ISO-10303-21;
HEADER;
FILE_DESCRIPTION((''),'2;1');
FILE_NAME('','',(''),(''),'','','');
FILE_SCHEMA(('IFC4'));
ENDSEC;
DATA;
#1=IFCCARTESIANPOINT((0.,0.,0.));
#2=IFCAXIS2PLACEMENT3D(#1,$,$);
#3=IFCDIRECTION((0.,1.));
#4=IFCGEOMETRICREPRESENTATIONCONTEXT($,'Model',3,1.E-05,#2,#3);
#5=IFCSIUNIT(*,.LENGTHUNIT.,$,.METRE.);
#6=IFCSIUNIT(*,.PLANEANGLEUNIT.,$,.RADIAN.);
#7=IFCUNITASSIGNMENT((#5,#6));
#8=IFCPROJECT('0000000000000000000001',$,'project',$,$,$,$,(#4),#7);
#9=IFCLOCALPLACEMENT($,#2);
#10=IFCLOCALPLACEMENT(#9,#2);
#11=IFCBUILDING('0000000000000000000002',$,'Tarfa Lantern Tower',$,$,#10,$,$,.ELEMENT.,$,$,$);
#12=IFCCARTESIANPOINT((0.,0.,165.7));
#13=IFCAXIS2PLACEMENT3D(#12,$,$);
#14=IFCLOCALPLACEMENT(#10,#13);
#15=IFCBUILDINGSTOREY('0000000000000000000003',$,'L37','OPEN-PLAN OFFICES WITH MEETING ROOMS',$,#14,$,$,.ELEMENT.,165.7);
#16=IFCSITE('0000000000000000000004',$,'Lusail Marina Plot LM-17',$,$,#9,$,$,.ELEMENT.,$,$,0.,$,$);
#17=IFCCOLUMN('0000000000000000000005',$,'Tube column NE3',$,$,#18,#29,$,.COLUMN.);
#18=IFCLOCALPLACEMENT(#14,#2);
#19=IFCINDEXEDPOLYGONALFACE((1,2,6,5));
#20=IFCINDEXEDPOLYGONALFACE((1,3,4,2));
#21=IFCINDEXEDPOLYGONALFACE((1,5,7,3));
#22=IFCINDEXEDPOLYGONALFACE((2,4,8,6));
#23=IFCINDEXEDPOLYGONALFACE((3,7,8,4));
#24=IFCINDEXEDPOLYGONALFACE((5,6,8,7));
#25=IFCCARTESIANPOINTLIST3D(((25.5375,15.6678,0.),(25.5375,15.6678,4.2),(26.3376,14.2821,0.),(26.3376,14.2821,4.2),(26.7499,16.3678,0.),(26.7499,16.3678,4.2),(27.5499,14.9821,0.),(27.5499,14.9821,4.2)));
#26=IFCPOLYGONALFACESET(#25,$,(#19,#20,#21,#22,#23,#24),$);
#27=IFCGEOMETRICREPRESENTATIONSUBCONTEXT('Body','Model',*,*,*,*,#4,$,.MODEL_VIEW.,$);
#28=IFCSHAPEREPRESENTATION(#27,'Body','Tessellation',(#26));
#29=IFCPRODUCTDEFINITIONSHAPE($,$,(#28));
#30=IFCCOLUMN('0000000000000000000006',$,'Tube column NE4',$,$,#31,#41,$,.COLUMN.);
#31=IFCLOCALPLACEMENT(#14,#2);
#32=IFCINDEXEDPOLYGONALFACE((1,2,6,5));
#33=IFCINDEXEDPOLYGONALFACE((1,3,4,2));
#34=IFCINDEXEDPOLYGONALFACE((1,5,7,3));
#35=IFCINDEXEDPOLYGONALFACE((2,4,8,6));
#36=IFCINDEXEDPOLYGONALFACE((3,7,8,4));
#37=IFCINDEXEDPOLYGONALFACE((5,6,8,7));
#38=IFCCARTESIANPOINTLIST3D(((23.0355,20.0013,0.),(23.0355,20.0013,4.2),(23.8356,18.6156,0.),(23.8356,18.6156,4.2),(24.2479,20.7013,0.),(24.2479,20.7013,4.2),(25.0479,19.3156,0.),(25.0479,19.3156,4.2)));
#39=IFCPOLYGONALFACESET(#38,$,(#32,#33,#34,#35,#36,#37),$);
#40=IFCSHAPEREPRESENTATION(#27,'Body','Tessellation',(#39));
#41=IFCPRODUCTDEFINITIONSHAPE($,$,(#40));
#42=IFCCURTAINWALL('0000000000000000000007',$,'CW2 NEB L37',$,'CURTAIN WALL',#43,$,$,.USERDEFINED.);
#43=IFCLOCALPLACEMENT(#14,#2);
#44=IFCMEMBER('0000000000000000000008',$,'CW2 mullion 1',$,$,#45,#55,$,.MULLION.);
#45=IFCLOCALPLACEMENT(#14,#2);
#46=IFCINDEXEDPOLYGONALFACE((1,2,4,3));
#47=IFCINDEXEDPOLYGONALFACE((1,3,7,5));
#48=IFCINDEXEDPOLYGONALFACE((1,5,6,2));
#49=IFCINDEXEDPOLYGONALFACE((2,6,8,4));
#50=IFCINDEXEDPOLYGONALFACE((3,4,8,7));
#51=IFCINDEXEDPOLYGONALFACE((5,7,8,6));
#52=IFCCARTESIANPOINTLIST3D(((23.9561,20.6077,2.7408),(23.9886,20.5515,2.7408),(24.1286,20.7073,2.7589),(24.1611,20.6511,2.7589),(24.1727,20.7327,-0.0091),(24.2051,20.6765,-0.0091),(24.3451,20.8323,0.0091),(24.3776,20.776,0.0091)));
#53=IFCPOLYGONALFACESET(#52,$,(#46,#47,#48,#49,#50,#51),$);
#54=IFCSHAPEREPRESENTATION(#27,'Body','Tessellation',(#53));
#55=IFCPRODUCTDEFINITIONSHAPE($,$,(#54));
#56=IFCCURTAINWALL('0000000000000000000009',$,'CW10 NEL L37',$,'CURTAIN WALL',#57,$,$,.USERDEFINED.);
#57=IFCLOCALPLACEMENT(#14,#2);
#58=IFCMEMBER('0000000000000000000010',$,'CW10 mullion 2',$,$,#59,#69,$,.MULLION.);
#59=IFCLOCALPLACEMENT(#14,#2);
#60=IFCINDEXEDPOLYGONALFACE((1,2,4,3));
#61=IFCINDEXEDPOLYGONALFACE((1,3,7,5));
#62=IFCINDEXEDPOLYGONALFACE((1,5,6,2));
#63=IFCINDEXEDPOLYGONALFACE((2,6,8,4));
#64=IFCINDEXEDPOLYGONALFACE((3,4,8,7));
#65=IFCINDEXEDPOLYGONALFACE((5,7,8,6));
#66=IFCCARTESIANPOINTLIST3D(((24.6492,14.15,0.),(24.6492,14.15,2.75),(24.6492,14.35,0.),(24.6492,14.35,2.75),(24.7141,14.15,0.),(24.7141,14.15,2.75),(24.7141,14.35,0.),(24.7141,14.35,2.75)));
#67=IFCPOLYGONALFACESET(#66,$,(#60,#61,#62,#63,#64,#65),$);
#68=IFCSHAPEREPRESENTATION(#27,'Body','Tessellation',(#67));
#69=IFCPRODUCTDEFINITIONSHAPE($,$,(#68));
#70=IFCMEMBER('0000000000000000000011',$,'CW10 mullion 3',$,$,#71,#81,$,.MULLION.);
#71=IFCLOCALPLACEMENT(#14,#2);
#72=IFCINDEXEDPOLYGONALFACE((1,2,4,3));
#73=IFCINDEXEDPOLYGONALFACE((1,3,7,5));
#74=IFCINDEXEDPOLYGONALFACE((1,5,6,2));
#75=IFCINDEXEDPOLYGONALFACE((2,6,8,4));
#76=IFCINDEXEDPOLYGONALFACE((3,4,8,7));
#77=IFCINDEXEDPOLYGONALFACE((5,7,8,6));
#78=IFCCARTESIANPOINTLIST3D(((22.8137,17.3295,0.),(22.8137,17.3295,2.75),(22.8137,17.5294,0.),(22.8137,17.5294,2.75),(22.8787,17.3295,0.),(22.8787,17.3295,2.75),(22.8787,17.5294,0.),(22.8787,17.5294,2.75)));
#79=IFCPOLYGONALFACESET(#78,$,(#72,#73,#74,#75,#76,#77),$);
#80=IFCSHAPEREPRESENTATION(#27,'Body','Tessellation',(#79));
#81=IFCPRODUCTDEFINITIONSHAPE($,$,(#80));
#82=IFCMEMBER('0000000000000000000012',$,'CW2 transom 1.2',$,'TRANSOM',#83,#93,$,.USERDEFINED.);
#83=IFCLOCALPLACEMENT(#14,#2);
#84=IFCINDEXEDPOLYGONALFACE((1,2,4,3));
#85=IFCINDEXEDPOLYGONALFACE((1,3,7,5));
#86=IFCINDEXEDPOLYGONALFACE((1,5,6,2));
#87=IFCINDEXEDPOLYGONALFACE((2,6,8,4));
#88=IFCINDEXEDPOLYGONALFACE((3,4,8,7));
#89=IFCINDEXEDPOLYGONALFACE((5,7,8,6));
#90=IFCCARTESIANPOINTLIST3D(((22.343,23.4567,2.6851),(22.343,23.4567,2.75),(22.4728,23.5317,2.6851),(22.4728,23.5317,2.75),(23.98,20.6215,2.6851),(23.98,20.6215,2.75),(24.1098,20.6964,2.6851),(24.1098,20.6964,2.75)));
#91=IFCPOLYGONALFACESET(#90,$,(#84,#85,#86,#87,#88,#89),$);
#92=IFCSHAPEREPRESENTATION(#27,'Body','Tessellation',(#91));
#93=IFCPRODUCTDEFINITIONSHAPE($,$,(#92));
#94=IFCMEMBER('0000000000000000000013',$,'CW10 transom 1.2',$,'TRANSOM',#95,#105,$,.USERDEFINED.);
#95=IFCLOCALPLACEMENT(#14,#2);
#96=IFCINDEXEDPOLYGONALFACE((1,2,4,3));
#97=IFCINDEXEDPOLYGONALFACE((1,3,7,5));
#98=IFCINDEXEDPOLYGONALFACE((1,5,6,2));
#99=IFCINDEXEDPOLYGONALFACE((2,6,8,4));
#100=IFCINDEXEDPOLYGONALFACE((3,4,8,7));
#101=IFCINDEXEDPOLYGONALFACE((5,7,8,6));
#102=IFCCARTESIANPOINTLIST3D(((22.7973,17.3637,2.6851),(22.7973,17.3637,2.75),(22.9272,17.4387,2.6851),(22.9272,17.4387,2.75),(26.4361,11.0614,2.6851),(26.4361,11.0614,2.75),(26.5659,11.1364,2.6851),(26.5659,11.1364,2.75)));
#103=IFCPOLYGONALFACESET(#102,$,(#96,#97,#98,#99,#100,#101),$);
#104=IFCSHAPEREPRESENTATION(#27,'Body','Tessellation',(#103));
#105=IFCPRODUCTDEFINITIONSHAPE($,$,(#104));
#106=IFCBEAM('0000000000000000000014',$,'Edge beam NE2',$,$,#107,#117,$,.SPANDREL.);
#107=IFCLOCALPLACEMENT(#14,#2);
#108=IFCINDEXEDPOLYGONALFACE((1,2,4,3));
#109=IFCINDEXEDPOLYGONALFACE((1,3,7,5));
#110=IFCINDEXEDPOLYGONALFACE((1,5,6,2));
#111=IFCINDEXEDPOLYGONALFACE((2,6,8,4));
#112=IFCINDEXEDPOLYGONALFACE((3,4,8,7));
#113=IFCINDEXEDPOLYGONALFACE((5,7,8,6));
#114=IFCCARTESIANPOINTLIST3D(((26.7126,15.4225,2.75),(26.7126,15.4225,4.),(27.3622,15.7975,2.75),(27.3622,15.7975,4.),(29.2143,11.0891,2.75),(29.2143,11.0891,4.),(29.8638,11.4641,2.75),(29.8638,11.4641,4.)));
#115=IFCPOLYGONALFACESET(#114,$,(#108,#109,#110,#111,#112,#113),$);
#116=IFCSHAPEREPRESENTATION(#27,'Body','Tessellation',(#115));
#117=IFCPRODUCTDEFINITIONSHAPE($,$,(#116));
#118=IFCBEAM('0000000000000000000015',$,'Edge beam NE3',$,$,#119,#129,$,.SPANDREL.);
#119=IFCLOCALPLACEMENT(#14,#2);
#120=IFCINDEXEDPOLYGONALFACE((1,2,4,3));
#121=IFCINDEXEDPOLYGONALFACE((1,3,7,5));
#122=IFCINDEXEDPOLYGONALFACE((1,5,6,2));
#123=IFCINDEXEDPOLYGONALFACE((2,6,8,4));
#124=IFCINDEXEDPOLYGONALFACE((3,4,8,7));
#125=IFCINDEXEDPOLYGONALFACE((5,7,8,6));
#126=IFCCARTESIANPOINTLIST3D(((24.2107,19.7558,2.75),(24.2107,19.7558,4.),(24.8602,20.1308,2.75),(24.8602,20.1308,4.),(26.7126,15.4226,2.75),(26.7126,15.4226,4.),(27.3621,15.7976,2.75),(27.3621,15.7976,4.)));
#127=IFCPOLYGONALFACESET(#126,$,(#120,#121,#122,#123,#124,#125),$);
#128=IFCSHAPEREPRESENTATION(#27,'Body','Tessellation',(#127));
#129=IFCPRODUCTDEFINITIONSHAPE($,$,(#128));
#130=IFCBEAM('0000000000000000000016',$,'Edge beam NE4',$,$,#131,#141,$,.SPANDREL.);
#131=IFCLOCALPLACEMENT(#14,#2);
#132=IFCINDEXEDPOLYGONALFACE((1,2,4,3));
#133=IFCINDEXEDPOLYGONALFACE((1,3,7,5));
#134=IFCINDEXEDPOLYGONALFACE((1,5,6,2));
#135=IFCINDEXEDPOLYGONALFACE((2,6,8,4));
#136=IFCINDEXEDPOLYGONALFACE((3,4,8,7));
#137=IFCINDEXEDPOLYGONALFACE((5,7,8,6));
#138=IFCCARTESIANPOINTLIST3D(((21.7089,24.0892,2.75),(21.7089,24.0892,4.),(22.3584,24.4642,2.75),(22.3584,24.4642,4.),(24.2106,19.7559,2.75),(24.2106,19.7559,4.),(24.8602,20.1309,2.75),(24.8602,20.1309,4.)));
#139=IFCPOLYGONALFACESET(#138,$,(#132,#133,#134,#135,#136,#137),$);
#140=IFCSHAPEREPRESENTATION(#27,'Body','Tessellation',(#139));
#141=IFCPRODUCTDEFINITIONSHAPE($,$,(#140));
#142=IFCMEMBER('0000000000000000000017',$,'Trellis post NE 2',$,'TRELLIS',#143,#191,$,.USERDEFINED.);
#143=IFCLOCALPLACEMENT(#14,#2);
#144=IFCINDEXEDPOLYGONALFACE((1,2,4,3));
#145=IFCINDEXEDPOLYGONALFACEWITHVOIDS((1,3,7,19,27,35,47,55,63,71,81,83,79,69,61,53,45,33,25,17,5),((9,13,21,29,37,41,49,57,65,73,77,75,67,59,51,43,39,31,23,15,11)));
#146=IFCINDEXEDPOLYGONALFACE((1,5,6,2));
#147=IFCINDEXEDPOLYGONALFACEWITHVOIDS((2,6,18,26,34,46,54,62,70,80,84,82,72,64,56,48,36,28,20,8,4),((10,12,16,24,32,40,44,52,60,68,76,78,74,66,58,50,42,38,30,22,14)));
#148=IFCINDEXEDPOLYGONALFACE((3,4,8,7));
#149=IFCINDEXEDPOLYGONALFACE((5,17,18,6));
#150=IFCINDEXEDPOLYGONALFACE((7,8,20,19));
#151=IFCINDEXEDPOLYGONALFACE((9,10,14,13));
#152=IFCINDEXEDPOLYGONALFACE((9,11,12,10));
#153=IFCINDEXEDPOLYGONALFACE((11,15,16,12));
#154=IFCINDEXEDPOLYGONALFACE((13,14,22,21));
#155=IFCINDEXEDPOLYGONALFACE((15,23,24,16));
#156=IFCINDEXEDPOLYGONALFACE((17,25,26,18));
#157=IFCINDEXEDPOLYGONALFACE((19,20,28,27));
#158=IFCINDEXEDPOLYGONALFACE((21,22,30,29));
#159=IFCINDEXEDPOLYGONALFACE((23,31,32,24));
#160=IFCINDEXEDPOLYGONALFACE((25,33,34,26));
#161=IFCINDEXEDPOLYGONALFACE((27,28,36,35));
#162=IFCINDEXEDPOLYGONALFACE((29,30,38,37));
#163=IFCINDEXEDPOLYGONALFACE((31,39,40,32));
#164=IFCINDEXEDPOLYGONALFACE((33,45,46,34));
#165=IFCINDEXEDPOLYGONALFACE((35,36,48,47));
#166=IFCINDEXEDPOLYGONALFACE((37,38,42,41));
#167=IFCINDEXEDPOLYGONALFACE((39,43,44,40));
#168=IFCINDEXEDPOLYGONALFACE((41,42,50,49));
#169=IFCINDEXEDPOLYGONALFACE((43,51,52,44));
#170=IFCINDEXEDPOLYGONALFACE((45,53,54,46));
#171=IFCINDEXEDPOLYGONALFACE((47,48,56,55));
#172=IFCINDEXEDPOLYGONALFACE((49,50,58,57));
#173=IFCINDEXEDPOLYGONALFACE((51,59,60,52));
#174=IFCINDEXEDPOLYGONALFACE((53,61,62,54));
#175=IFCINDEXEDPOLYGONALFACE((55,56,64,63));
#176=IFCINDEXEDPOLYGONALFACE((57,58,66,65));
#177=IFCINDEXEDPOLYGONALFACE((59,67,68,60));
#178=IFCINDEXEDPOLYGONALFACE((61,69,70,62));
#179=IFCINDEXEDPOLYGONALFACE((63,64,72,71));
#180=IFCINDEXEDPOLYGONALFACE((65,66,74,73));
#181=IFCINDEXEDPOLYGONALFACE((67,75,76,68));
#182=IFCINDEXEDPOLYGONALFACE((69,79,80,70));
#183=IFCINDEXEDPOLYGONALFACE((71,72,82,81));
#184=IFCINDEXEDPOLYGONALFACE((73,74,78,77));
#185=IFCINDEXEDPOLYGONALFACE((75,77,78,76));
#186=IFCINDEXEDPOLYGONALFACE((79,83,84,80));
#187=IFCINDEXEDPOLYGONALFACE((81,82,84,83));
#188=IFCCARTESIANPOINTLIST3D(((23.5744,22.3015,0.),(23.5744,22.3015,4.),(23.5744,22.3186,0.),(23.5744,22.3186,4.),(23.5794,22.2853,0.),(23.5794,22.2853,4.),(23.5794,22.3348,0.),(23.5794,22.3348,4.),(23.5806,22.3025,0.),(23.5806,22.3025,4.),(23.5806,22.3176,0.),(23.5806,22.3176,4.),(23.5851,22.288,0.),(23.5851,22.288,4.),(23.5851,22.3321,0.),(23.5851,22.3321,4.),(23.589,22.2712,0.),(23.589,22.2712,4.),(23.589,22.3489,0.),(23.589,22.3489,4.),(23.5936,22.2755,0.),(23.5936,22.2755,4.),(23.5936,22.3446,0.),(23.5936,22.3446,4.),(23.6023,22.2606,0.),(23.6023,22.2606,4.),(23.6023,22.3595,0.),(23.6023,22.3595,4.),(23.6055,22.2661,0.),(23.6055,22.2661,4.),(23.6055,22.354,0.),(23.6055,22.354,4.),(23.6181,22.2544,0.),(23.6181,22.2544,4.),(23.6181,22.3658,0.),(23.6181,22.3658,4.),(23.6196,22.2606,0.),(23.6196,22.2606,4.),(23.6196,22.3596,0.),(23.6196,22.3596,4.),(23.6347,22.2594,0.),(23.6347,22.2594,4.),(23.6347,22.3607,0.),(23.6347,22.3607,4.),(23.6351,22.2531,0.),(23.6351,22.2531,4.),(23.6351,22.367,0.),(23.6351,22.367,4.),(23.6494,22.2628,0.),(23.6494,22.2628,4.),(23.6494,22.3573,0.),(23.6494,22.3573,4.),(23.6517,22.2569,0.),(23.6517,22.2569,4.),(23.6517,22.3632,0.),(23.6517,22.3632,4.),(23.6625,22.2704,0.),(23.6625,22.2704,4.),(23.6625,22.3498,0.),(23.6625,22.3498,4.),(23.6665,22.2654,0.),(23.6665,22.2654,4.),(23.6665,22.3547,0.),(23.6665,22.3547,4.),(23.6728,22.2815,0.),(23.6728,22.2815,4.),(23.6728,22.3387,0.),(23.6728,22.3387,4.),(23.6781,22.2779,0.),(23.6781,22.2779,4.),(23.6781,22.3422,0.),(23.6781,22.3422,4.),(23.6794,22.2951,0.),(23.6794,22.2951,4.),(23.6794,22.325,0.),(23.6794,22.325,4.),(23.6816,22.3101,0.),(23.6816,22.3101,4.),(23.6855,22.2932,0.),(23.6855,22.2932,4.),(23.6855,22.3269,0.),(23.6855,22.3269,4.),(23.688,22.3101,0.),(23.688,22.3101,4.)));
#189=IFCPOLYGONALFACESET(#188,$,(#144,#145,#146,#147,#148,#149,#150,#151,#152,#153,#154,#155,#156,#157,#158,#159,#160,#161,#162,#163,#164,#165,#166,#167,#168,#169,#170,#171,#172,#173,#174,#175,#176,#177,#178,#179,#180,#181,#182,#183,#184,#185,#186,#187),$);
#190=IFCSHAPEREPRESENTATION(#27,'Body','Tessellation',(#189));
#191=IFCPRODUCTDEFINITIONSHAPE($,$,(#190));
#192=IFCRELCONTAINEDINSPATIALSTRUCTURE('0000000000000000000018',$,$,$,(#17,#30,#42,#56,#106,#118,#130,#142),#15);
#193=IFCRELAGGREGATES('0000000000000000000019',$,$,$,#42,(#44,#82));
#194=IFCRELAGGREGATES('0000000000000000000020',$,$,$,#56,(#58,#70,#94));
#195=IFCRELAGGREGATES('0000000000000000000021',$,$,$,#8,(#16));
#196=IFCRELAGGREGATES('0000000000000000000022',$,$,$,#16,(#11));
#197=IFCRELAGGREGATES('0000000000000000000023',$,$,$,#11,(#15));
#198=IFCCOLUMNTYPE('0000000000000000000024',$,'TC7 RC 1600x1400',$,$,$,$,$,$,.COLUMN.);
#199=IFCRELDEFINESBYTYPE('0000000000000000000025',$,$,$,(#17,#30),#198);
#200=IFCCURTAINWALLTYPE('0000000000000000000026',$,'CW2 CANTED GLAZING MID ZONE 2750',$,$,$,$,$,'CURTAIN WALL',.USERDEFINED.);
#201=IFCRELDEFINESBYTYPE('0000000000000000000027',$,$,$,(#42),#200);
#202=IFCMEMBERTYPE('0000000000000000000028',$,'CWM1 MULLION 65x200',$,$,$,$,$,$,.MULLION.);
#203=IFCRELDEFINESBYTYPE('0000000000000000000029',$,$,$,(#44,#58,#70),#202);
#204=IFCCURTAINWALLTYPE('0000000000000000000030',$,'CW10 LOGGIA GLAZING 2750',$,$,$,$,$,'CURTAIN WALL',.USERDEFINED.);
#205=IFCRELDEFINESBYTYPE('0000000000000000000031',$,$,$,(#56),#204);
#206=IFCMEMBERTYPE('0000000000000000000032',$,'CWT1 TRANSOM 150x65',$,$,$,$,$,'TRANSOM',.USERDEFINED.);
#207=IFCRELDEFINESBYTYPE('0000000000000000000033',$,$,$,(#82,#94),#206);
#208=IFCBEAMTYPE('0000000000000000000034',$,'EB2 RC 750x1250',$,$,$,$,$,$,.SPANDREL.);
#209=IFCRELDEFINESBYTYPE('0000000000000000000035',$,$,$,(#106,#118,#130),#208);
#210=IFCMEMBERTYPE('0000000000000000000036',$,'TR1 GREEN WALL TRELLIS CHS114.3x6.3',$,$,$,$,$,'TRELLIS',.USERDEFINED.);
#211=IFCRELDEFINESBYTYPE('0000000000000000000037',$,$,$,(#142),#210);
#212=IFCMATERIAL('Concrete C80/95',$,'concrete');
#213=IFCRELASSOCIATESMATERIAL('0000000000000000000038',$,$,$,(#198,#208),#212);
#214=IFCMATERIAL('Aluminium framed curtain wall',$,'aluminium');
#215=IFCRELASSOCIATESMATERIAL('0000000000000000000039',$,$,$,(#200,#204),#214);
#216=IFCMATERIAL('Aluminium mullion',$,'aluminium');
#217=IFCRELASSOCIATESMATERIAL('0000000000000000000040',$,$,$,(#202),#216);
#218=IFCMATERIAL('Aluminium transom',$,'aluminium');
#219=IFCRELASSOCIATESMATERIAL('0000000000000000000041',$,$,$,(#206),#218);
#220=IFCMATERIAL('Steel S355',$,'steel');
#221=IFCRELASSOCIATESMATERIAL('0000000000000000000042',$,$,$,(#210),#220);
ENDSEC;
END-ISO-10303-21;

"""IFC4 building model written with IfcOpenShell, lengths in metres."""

from ifc_helpers import new_model, si_unit, direction, frame, origin, origin_2d, place, context, subcontext, project, spatial, rectangle, hollow_circle, extrude, material, material_profile, profile_set, type_object, element, aggregate, save


model = new_model("IFC4")

# Units and contexts
model_context = context("Model", 3, precision=1e-05, world=origin(), true_north=direction((0.0, 1.0)))
body_context = subcontext(model_context, "Body", "Model", "MODEL_VIEW")
ifc_project = project(units=[si_unit("LENGTHUNIT", "METRE"), si_unit("PLANEANGLEUNIT", "RADIAN")], contexts=[model_context])

# Site, building, storey
site_placement = place(None, origin())
site = spatial("IfcSite", under=ifc_project, at=site_placement, Name="Lusail Marina Plot LM-17", CompositionType="ELEMENT", RefElevation=0.0)
building_placement = place(site_placement, origin())
building = spatial("IfcBuilding", under=site, at=building_placement, Name="Tarfa Lantern Tower", CompositionType="ELEMENT")
storey_placement = place(building_placement, frame((0.0, 0.0, 165.7)))
storey = spatial("IfcBuildingStorey", under=building, at=storey_placement, Name="L37", Description="OPEN-PLAN OFFICES WITH MEETING ROOMS", CompositionType="ELEMENT", Elevation=165.7)

# Columns
ifc_material_1 = material(Name="Concrete C80/95", Category="concrete")
ifc_material_profile_1 = material_profile(ifc_material_1, rectangle(XDim=1.6001, YDim=1.3999, at=origin_2d()), Name="RC 1600x1400")
ifc_profile_set_1 = profile_set([ifc_material_profile_1], Name="Concrete C80/95")
column_type = type_object("IfcColumnType", Name="TC7 RC 1600x1400", PredefinedType="COLUMN", material=ifc_profile_set_1)
for number, where, z_axis, x_axis, name in (
    (1, (26.5437, 15.325, 0.0), (0.0, 0.0, 1.0), (-0.5, 0.866025, 0.0), "Tube column NE3"),
    (2, (24.0417, 19.6584, 0.0), (0.0, 0.0, 1.0), (-0.5, 0.866025, 0.0), "Tube column NE4"),
):
    element("IfcColumn", number, at=place(storey_placement, frame(where, z_axis=z_axis, x_axis=x_axis)), inside=storey, type_object=column_type, Name=name, PredefinedType="COLUMN", context=body_context, shape_type="SweptSolid", body=[
        extrude(rectangle(XDim=1.6001, YDim=1.3999, at=origin_2d()), origin(), (0.0, 0.0, 1.0), 4.2),
    ])

# Curtain wall, member
ifc_material_2 = material(Name="Aluminium framed curtain wall", Category="aluminium")
curtain_wall_type_1 = type_object("IfcCurtainWallType", Name="CW2 CANTED GLAZING MID ZONE 2750", ElementType="CURTAIN WALL", PredefinedType="USERDEFINED", material=ifc_material_2)
curtain_wall_1_placement = place(storey_placement, origin())
curtain_wall_1 = element("IfcCurtainWall", 3, at=curtain_wall_1_placement, inside=storey, type_object=curtain_wall_type_1, Name="CW2 NEB L37", ObjectType="CURTAIN WALL", PredefinedType="USERDEFINED")
ifc_material_3 = material(Name="Aluminium mullion", Category="aluminium")
ifc_material_profile_2 = material_profile(ifc_material_3, rectangle(XDim=0.0649, YDim=0.2, at=origin_2d()), Name="AL MULLION 65x200")
ifc_profile_set_2 = profile_set([ifc_material_profile_2], Name="Aluminium mullion")
member_type_1 = type_object("IfcMemberType", Name="CWM1 MULLION 65x200", PredefinedType="MULLION", material=ifc_profile_set_2)
member_1_placement = place(storey_placement, frame((24.2751, 20.7544, 0.0), z_axis=(-0.078423, -0.045268, 0.995892), x_axis=(0.49992, -0.866072, 0.0)))
member_1 = element("IfcMember", 4, at=member_1_placement, type_object=member_type_1, Name="CW2 mullion 1", PredefinedType="MULLION", context=body_context, shape_type="SweptSolid", body=[
    extrude(rectangle(XDim=0.0649, YDim=0.2, at=origin_2d()), origin(), (0.0, 0.0, 1.0), 2.7612),
])

# Curtain wall, members
curtain_wall_type_2 = type_object("IfcCurtainWallType", Name="CW10 LOGGIA GLAZING 2750", ElementType="CURTAIN WALL", PredefinedType="USERDEFINED", material=ifc_material_2)
curtain_wall_2_placement = place(storey_placement, origin())
curtain_wall_2 = element("IfcCurtainWall", 5, at=curtain_wall_2_placement, inside=storey, type_object=curtain_wall_type_2, Name="CW10 NEL L37", ObjectType="CURTAIN WALL", PredefinedType="USERDEFINED")
member_2_placement = place(storey_placement, frame((24.6816, 14.25, 0.0), z_axis=(0.0, 0.0, 1.0), x_axis=(1.0, 0.0, 0.0)))
member_2 = element("IfcMember", 6, at=member_2_placement, type_object=member_type_1, Name="CW10 mullion 2", PredefinedType="MULLION", context=body_context, shape_type="SweptSolid", body=[
    extrude(rectangle(XDim=0.0649, YDim=0.2, at=origin_2d()), origin(), (0.0, 0.0, 1.0), 2.75),
])
member_3_placement = place(storey_placement, frame((22.8462, 17.4294, 0.0), z_axis=(0.0, 0.0, 1.0), x_axis=(1.0, 0.0, 0.0)))
member_3 = element("IfcMember", 7, at=member_3_placement, type_object=member_type_1, Name="CW10 mullion 3", PredefinedType="MULLION", context=body_context, shape_type="SweptSolid", body=[
    extrude(rectangle(XDim=0.0649, YDim=0.2, at=origin_2d()), origin(), (0.0, 0.0, 1.0), 2.75),
])

# Members
ifc_material_4 = material(Name="Aluminium transom", Category="aluminium")
ifc_material_profile_3 = material_profile(ifc_material_4, rectangle(XDim=0.1499, YDim=0.0649, at=origin_2d()), Name="AL TRANSOM 150x65")
ifc_profile_set_3 = profile_set([ifc_material_profile_3], Name="Aluminium transom")
member_type_2 = type_object("IfcMemberType", Name="CWT1 TRANSOM 150x65", ElementType="TRANSOM", PredefinedType="USERDEFINED", material=ifc_profile_set_3)
member_4_placement = place(storey_placement, frame((24.0449, 20.6589, 2.7175), z_axis=(-0.500013, 0.866018, 0.0), x_axis=(-0.866018, -0.500013, 0.0)))
member_4 = element("IfcMember", 8, at=member_4_placement, type_object=member_type_2, Name="CW2 transom 1.2", ObjectType="TRANSOM", PredefinedType="USERDEFINED", context=body_context, shape_type="SweptSolid", body=[
    extrude(rectangle(XDim=0.1499, YDim=0.0649, at=origin_2d()), origin(), (0.0, 0.0, 1.0), 3.2739),
])
member_5_placement = place(storey_placement, frame((26.501, 11.0989, 2.7175), z_axis=(-0.500007, 0.866021, 0.0), x_axis=(-0.866021, -0.500007, 0.0)))
member_5 = element("IfcMember", 9, at=member_5_placement, type_object=member_type_2, Name="CW10 transom 1.2", ObjectType="TRANSOM", PredefinedType="USERDEFINED", context=body_context, shape_type="SweptSolid", body=[
    extrude(rectangle(XDim=0.1499, YDim=0.0649, at=origin_2d()), origin(), (0.0, 0.0, 1.0), 7.2773),
])

# Beams
ifc_material_profile_4 = material_profile(ifc_material_1, rectangle(XDim=0.75, YDim=1.25, at=origin_2d()), Name="RC 750x1250")
ifc_profile_set_4 = profile_set([ifc_material_profile_4], Name="Concrete C80/95")
beam_type_1 = type_object("IfcBeamType", Name="EB2 RC 750x1250", PredefinedType="SPANDREL", material=ifc_profile_set_4)
for number, where, z_axis, x_axis, name in (
    (10, (29.5391, 11.2766, 3.375), (-0.499965, 0.866046, 0.0), (-0.866046, -0.499965, 0.0), "Edge beam NE2"),
    (11, (27.0374, 15.6101, 3.375), (-0.500022, 0.866013, 0.0), (-0.866013, -0.500022, 0.0), "Edge beam NE3"),
    (12, (24.5354, 19.9434, 3.375), (-0.499986, 0.866034, 0.0), (-0.866034, -0.499986, 0.0), "Edge beam NE4"),
):
    element("IfcBeam", number, at=place(storey_placement, frame(where, z_axis=z_axis, x_axis=x_axis)), inside=storey, type_object=beam_type_1, Name=name, PredefinedType="SPANDREL", context=body_context, shape_type="SweptSolid", body=[
        extrude(rectangle(XDim=0.75, YDim=1.25, at=origin_2d()), origin(), (0.0, 0.0, 1.0), 5.0037),
    ])

# Member
ifc_material_5 = material(Name="Steel S355", Category="steel")
ifc_material_profile_5 = material_profile(ifc_material_5, hollow_circle(Radius=0.0571, WallThickness=0.0063, at=origin_2d()), Name="CHS114.3x6.3")
ifc_profile_set_5 = profile_set([ifc_material_profile_5], Name="Steel S355")
member_type_3 = type_object("IfcMemberType", Name="TR1 GREEN WALL TRELLIS CHS114.3x6.3", ElementType="TRELLIS", PredefinedType="USERDEFINED", material=ifc_profile_set_5)
member_6_placement = place(storey_placement, frame((23.6309, 22.3101, 0.0), z_axis=(0.0, 0.0, 1.0), x_axis=(1.0, 0.0, 0.0)))
element("IfcMember", 13, at=member_6_placement, inside=storey, type_object=member_type_3, Name="Trellis post NE 2", ObjectType="TRELLIS", PredefinedType="USERDEFINED", context=body_context, shape_type="SweptSolid", body=[
    extrude(hollow_circle(Radius=0.0571, WallThickness=0.0063, at=origin_2d()), origin(), (0.0, 0.0, 1.0), 4.0),
])

aggregate(curtain_wall_1, [member_1, member_4])
aggregate(curtain_wall_2, [member_2, member_3, member_5])

save(model, "model.ifc")
